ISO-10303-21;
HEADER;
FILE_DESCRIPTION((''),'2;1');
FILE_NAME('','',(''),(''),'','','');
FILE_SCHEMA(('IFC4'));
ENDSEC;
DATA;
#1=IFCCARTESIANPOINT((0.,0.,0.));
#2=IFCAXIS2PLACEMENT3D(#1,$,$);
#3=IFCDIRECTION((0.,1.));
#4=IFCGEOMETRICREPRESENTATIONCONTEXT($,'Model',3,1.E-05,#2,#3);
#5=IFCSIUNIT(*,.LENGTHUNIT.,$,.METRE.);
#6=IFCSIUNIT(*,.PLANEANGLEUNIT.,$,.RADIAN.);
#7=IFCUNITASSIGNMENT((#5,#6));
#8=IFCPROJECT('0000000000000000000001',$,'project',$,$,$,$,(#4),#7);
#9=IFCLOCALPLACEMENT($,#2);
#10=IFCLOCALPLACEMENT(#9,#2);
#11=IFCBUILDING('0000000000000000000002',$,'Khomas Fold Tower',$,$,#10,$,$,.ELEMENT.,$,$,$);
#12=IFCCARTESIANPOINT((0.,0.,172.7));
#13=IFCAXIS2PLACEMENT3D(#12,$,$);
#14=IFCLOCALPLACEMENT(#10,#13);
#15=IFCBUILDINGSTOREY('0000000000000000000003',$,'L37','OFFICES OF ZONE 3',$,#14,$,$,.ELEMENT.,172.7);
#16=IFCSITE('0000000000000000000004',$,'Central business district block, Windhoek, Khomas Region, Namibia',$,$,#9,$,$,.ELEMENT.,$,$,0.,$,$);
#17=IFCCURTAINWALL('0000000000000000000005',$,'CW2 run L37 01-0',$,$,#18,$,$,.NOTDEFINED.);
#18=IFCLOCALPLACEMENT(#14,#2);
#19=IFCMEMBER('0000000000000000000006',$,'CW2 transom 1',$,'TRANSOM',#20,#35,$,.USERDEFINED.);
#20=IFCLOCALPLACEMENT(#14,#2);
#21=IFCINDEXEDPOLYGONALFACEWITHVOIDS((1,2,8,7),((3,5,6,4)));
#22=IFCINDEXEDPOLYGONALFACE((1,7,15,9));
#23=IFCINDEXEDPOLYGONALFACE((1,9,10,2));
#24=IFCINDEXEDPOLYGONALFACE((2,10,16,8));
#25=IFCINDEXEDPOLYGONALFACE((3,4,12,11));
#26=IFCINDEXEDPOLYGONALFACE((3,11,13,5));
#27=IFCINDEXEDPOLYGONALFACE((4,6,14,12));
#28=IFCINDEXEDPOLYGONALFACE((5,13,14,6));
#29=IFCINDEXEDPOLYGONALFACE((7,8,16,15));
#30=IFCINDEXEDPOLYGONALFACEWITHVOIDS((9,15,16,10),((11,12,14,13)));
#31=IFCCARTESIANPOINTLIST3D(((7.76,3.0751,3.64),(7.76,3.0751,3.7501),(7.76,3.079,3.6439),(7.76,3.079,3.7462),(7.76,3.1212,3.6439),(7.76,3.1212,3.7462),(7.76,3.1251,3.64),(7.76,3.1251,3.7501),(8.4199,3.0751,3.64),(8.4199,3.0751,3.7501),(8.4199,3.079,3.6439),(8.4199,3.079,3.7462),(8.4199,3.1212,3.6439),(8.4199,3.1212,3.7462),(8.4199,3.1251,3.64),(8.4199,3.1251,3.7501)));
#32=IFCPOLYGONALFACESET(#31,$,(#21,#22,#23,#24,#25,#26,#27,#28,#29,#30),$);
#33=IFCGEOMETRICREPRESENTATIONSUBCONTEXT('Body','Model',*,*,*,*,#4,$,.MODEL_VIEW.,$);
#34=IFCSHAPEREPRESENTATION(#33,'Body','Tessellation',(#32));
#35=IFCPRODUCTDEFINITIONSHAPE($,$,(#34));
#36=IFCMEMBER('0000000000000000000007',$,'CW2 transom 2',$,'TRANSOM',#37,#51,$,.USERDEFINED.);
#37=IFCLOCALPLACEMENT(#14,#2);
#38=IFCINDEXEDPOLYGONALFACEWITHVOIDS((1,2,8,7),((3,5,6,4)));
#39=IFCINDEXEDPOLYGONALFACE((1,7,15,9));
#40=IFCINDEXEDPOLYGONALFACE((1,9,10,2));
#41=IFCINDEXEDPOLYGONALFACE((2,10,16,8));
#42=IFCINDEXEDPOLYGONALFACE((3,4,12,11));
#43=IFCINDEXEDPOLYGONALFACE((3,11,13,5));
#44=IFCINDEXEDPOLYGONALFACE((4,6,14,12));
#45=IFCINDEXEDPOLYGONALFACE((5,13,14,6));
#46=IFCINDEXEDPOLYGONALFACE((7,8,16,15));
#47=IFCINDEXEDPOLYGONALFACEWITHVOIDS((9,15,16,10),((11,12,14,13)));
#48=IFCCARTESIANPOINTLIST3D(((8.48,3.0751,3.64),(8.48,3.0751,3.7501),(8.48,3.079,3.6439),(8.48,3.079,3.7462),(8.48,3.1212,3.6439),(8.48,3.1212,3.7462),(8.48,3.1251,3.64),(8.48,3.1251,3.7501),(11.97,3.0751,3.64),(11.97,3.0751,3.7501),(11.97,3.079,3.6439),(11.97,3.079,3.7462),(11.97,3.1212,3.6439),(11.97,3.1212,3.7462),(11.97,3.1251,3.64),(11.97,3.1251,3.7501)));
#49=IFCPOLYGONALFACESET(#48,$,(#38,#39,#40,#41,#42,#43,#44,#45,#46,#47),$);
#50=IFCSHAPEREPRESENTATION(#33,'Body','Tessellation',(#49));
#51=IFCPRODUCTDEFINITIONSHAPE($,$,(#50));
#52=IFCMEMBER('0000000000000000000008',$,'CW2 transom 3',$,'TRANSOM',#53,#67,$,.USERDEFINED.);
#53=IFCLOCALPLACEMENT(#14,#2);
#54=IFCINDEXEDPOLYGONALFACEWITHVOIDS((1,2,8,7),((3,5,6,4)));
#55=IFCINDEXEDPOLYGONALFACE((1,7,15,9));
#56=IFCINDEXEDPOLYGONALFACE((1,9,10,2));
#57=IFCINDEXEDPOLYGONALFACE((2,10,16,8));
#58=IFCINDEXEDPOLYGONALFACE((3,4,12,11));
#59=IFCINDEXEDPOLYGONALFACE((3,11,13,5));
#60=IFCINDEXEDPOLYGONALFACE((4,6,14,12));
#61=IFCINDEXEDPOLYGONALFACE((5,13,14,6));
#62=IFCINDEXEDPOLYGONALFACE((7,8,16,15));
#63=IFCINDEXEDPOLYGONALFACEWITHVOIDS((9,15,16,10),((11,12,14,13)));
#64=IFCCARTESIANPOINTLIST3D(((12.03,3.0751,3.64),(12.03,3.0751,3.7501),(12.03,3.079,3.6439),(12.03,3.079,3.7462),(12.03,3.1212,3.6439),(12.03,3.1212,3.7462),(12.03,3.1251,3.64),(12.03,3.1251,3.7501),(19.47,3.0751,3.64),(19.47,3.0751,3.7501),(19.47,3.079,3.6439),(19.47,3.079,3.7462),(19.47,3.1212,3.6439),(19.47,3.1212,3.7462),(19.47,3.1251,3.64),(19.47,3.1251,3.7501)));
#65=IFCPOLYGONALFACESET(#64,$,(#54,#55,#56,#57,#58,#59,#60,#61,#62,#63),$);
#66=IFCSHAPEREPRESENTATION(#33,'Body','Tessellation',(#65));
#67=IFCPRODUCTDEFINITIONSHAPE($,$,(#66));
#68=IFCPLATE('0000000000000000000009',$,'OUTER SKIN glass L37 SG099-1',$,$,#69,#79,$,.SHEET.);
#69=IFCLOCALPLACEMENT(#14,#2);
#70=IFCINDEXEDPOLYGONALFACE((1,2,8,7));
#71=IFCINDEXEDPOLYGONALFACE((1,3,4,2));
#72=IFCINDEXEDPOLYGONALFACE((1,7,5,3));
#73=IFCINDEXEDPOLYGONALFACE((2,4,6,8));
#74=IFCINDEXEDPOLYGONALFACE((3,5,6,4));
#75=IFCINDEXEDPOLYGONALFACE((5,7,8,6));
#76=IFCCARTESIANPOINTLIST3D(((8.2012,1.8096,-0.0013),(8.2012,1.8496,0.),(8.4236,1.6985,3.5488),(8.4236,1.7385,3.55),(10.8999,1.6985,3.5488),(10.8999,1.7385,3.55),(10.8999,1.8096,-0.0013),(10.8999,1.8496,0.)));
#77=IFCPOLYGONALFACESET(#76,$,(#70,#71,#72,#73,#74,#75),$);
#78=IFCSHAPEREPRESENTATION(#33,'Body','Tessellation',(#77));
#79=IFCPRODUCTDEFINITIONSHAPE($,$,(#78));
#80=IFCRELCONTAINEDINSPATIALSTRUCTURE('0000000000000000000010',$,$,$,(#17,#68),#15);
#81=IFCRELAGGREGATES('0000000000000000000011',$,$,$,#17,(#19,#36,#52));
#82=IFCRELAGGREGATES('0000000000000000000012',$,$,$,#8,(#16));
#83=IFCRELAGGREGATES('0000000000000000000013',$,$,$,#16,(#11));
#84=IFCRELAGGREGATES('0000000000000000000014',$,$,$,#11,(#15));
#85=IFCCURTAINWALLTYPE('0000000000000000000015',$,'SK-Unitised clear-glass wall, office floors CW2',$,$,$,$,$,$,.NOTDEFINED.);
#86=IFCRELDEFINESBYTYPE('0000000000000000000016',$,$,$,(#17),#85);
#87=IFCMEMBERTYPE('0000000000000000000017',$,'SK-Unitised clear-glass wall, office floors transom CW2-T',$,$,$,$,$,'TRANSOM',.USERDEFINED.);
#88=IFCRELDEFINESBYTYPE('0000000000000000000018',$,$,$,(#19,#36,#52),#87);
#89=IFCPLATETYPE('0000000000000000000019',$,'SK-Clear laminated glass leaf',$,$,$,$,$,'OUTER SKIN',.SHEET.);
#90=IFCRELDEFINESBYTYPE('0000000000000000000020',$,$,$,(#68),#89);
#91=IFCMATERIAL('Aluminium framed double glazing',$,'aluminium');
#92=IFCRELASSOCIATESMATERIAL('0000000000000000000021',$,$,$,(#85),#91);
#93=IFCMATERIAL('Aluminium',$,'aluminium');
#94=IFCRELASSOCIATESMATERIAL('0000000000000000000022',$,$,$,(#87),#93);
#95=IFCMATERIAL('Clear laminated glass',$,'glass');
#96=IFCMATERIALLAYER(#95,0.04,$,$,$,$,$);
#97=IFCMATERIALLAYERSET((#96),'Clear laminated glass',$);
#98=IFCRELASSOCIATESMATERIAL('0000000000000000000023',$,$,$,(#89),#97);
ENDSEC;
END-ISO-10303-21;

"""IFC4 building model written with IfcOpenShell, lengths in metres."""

from ifc_helpers import new_model, si_unit, direction, frame, origin, origin_2d, place, context, subcontext, project, spatial, polyline, hollow_rectangle, outline, extrude, source, transform, mapped, material, layer, layer_set, material_profile, profile_set, type_object, element, aggregate, save


model = new_model("IFC4")

# Units and contexts
model_context = context("Model", 3, precision=1e-05, world=origin(), true_north=direction((0.0, 1.0)))
body_context = subcontext(model_context, "Body", "Model", "MODEL_VIEW")
ifc_project = project(units=[si_unit("LENGTHUNIT", "METRE"), si_unit("PLANEANGLEUNIT", "RADIAN")], contexts=[model_context])

# Site, building, storey
site_placement = place(None, origin())
site = spatial("IfcSite", under=ifc_project, at=site_placement, Name="Central business district block, Windhoek, Khomas Region, Namibia", CompositionType="ELEMENT", RefElevation=0.0)
building_placement = place(site_placement, origin())
building = spatial("IfcBuilding", under=site, at=building_placement, Name="Khomas Fold Tower", CompositionType="ELEMENT")
storey_placement = place(building_placement, frame((0.0, 0.0, 172.7)))
storey = spatial("IfcBuildingStorey", under=building, at=storey_placement, Name="L37", Description="OFFICES OF ZONE 3", CompositionType="ELEMENT", Elevation=172.7)

# Shared definitions
ifc_material_1 = material(Name="Aluminium framed double glazing", Category="aluminium")
curtain_wall_type = type_object("IfcCurtainWallType", Name="SK-Unitised clear-glass wall, office floors CW2", PredefinedType="NOTDEFINED", material=ifc_material_1)

# Curtain wall, members
curtain_wall_1_placement = place(storey_placement, origin())
curtain_wall_1 = element("IfcCurtainWall", 1, at=curtain_wall_1_placement, inside=storey, type_object=curtain_wall_type, Name="CW2 run L37 01-0", PredefinedType="NOTDEFINED")
ifc_material_2 = material(Name="Aluminium", Category="aluminium")
ifc_material_profile_1 = material_profile(ifc_material_2, hollow_rectangle(XDim=0.05, YDim=0.1101, WallThickness=0.0039, at=origin_2d()), Name="SK-Unitised clear-glass wall, office floors transom CW2-T")
ifc_profile_set_1 = profile_set([ifc_material_profile_1], Name="Aluminium")
member_type_1 = type_object("IfcMemberType", Name="SK-Unitised clear-glass wall, office floors transom CW2-T", ElementType="TRANSOM", PredefinedType="USERDEFINED", material=ifc_profile_set_1)
shared_shape_1 = source(origin(), body_context, "Body", "SweptSolid", [
    extrude(hollow_rectangle(XDim=0.05, YDim=0.1101, WallThickness=0.0039, at=origin_2d()), origin(), (0.0, 0.0, 1.0), 0.6599),
])
member_1_placement = place(storey_placement, frame((7.76, 3.1001, 3.6951), z_axis=(1.0, 0.0, 0.0), x_axis=(0.0, 1.0, 0.0)))
member_1 = element("IfcMember", 2, at=member_1_placement, type_object=member_type_1, Name="CW2 transom 1", ObjectType="TRANSOM", PredefinedType="USERDEFINED", context=body_context, shape_type="MappedRepresentation", body=[
    mapped(shared_shape_1, transform((0.0, 0.0, 0.0))),
])
shared_shape_2 = source(origin(), body_context, "Body", "SweptSolid", [
    extrude(hollow_rectangle(XDim=0.05, YDim=0.1101, WallThickness=0.0039, at=origin_2d()), origin(), (0.0, 0.0, 1.0), 3.49),
])
member_2_placement = place(storey_placement, frame((8.48, 3.1001, 3.6951), z_axis=(1.0, 0.0, 0.0), x_axis=(0.0, 1.0, 0.0)))
member_2 = element("IfcMember", 3, at=member_2_placement, type_object=member_type_1, Name="CW2 transom 2", ObjectType="TRANSOM", PredefinedType="USERDEFINED", context=body_context, shape_type="MappedRepresentation", body=[
    mapped(shared_shape_2, transform((0.0, 0.0, 0.0))),
])
shared_shape_3 = source(origin(), body_context, "Body", "SweptSolid", [
    extrude(hollow_rectangle(XDim=0.05, YDim=0.1101, WallThickness=0.0039, at=origin_2d()), origin(), (0.0, 0.0, 1.0), 7.4399),
])
member_3_placement = place(storey_placement, frame((12.03, 3.1001, 3.6951), z_axis=(1.0, 0.0, 0.0), x_axis=(0.0, 1.0, 0.0)))
member_3 = element("IfcMember", 4, at=member_3_placement, type_object=member_type_1, Name="CW2 transom 3", ObjectType="TRANSOM", PredefinedType="USERDEFINED", context=body_context, shape_type="MappedRepresentation", body=[
    mapped(shared_shape_3, transform((0.0, 0.0, 0.0))),
])

# Plate
ifc_material_3 = material(Name="Clear laminated glass", Category="glass")
ifc_layer_1 = layer(ifc_material_3, 0.04)
ifc_layer_set_1 = layer_set([ifc_layer_1], Name="Clear laminated glass")
plate_type_1 = type_object("IfcPlateType", Name="SK-Clear laminated glass leaf", ElementType="OUTER SKIN", PredefinedType="SHEET", material=ifc_layer_set_1)
plate_1_placement = place(storey_placement, frame((10.8999, 1.8496, 0.0), z_axis=(0.0, 0.999511, 0.031276), x_axis=(-1.0, 0.0, 0.0)))
element("IfcPlate", 5, at=plate_1_placement, inside=storey, type_object=plate_type_1, Name="OUTER SKIN glass L37 SG099-1", PredefinedType="SHEET", context=body_context, shape_type="SweptSolid", body=[
    extrude(outline(polyline([(0.0, 0.0), (2.6987, 0.0), (2.4763, 3.5518), (0.0, 3.5518), (0.0, 0.0)])), origin(), (0.0, 0.0, -1.0), 0.04),
])

aggregate(curtain_wall_1, [member_1, member_2, member_3])

save(model, "model.ifc")
